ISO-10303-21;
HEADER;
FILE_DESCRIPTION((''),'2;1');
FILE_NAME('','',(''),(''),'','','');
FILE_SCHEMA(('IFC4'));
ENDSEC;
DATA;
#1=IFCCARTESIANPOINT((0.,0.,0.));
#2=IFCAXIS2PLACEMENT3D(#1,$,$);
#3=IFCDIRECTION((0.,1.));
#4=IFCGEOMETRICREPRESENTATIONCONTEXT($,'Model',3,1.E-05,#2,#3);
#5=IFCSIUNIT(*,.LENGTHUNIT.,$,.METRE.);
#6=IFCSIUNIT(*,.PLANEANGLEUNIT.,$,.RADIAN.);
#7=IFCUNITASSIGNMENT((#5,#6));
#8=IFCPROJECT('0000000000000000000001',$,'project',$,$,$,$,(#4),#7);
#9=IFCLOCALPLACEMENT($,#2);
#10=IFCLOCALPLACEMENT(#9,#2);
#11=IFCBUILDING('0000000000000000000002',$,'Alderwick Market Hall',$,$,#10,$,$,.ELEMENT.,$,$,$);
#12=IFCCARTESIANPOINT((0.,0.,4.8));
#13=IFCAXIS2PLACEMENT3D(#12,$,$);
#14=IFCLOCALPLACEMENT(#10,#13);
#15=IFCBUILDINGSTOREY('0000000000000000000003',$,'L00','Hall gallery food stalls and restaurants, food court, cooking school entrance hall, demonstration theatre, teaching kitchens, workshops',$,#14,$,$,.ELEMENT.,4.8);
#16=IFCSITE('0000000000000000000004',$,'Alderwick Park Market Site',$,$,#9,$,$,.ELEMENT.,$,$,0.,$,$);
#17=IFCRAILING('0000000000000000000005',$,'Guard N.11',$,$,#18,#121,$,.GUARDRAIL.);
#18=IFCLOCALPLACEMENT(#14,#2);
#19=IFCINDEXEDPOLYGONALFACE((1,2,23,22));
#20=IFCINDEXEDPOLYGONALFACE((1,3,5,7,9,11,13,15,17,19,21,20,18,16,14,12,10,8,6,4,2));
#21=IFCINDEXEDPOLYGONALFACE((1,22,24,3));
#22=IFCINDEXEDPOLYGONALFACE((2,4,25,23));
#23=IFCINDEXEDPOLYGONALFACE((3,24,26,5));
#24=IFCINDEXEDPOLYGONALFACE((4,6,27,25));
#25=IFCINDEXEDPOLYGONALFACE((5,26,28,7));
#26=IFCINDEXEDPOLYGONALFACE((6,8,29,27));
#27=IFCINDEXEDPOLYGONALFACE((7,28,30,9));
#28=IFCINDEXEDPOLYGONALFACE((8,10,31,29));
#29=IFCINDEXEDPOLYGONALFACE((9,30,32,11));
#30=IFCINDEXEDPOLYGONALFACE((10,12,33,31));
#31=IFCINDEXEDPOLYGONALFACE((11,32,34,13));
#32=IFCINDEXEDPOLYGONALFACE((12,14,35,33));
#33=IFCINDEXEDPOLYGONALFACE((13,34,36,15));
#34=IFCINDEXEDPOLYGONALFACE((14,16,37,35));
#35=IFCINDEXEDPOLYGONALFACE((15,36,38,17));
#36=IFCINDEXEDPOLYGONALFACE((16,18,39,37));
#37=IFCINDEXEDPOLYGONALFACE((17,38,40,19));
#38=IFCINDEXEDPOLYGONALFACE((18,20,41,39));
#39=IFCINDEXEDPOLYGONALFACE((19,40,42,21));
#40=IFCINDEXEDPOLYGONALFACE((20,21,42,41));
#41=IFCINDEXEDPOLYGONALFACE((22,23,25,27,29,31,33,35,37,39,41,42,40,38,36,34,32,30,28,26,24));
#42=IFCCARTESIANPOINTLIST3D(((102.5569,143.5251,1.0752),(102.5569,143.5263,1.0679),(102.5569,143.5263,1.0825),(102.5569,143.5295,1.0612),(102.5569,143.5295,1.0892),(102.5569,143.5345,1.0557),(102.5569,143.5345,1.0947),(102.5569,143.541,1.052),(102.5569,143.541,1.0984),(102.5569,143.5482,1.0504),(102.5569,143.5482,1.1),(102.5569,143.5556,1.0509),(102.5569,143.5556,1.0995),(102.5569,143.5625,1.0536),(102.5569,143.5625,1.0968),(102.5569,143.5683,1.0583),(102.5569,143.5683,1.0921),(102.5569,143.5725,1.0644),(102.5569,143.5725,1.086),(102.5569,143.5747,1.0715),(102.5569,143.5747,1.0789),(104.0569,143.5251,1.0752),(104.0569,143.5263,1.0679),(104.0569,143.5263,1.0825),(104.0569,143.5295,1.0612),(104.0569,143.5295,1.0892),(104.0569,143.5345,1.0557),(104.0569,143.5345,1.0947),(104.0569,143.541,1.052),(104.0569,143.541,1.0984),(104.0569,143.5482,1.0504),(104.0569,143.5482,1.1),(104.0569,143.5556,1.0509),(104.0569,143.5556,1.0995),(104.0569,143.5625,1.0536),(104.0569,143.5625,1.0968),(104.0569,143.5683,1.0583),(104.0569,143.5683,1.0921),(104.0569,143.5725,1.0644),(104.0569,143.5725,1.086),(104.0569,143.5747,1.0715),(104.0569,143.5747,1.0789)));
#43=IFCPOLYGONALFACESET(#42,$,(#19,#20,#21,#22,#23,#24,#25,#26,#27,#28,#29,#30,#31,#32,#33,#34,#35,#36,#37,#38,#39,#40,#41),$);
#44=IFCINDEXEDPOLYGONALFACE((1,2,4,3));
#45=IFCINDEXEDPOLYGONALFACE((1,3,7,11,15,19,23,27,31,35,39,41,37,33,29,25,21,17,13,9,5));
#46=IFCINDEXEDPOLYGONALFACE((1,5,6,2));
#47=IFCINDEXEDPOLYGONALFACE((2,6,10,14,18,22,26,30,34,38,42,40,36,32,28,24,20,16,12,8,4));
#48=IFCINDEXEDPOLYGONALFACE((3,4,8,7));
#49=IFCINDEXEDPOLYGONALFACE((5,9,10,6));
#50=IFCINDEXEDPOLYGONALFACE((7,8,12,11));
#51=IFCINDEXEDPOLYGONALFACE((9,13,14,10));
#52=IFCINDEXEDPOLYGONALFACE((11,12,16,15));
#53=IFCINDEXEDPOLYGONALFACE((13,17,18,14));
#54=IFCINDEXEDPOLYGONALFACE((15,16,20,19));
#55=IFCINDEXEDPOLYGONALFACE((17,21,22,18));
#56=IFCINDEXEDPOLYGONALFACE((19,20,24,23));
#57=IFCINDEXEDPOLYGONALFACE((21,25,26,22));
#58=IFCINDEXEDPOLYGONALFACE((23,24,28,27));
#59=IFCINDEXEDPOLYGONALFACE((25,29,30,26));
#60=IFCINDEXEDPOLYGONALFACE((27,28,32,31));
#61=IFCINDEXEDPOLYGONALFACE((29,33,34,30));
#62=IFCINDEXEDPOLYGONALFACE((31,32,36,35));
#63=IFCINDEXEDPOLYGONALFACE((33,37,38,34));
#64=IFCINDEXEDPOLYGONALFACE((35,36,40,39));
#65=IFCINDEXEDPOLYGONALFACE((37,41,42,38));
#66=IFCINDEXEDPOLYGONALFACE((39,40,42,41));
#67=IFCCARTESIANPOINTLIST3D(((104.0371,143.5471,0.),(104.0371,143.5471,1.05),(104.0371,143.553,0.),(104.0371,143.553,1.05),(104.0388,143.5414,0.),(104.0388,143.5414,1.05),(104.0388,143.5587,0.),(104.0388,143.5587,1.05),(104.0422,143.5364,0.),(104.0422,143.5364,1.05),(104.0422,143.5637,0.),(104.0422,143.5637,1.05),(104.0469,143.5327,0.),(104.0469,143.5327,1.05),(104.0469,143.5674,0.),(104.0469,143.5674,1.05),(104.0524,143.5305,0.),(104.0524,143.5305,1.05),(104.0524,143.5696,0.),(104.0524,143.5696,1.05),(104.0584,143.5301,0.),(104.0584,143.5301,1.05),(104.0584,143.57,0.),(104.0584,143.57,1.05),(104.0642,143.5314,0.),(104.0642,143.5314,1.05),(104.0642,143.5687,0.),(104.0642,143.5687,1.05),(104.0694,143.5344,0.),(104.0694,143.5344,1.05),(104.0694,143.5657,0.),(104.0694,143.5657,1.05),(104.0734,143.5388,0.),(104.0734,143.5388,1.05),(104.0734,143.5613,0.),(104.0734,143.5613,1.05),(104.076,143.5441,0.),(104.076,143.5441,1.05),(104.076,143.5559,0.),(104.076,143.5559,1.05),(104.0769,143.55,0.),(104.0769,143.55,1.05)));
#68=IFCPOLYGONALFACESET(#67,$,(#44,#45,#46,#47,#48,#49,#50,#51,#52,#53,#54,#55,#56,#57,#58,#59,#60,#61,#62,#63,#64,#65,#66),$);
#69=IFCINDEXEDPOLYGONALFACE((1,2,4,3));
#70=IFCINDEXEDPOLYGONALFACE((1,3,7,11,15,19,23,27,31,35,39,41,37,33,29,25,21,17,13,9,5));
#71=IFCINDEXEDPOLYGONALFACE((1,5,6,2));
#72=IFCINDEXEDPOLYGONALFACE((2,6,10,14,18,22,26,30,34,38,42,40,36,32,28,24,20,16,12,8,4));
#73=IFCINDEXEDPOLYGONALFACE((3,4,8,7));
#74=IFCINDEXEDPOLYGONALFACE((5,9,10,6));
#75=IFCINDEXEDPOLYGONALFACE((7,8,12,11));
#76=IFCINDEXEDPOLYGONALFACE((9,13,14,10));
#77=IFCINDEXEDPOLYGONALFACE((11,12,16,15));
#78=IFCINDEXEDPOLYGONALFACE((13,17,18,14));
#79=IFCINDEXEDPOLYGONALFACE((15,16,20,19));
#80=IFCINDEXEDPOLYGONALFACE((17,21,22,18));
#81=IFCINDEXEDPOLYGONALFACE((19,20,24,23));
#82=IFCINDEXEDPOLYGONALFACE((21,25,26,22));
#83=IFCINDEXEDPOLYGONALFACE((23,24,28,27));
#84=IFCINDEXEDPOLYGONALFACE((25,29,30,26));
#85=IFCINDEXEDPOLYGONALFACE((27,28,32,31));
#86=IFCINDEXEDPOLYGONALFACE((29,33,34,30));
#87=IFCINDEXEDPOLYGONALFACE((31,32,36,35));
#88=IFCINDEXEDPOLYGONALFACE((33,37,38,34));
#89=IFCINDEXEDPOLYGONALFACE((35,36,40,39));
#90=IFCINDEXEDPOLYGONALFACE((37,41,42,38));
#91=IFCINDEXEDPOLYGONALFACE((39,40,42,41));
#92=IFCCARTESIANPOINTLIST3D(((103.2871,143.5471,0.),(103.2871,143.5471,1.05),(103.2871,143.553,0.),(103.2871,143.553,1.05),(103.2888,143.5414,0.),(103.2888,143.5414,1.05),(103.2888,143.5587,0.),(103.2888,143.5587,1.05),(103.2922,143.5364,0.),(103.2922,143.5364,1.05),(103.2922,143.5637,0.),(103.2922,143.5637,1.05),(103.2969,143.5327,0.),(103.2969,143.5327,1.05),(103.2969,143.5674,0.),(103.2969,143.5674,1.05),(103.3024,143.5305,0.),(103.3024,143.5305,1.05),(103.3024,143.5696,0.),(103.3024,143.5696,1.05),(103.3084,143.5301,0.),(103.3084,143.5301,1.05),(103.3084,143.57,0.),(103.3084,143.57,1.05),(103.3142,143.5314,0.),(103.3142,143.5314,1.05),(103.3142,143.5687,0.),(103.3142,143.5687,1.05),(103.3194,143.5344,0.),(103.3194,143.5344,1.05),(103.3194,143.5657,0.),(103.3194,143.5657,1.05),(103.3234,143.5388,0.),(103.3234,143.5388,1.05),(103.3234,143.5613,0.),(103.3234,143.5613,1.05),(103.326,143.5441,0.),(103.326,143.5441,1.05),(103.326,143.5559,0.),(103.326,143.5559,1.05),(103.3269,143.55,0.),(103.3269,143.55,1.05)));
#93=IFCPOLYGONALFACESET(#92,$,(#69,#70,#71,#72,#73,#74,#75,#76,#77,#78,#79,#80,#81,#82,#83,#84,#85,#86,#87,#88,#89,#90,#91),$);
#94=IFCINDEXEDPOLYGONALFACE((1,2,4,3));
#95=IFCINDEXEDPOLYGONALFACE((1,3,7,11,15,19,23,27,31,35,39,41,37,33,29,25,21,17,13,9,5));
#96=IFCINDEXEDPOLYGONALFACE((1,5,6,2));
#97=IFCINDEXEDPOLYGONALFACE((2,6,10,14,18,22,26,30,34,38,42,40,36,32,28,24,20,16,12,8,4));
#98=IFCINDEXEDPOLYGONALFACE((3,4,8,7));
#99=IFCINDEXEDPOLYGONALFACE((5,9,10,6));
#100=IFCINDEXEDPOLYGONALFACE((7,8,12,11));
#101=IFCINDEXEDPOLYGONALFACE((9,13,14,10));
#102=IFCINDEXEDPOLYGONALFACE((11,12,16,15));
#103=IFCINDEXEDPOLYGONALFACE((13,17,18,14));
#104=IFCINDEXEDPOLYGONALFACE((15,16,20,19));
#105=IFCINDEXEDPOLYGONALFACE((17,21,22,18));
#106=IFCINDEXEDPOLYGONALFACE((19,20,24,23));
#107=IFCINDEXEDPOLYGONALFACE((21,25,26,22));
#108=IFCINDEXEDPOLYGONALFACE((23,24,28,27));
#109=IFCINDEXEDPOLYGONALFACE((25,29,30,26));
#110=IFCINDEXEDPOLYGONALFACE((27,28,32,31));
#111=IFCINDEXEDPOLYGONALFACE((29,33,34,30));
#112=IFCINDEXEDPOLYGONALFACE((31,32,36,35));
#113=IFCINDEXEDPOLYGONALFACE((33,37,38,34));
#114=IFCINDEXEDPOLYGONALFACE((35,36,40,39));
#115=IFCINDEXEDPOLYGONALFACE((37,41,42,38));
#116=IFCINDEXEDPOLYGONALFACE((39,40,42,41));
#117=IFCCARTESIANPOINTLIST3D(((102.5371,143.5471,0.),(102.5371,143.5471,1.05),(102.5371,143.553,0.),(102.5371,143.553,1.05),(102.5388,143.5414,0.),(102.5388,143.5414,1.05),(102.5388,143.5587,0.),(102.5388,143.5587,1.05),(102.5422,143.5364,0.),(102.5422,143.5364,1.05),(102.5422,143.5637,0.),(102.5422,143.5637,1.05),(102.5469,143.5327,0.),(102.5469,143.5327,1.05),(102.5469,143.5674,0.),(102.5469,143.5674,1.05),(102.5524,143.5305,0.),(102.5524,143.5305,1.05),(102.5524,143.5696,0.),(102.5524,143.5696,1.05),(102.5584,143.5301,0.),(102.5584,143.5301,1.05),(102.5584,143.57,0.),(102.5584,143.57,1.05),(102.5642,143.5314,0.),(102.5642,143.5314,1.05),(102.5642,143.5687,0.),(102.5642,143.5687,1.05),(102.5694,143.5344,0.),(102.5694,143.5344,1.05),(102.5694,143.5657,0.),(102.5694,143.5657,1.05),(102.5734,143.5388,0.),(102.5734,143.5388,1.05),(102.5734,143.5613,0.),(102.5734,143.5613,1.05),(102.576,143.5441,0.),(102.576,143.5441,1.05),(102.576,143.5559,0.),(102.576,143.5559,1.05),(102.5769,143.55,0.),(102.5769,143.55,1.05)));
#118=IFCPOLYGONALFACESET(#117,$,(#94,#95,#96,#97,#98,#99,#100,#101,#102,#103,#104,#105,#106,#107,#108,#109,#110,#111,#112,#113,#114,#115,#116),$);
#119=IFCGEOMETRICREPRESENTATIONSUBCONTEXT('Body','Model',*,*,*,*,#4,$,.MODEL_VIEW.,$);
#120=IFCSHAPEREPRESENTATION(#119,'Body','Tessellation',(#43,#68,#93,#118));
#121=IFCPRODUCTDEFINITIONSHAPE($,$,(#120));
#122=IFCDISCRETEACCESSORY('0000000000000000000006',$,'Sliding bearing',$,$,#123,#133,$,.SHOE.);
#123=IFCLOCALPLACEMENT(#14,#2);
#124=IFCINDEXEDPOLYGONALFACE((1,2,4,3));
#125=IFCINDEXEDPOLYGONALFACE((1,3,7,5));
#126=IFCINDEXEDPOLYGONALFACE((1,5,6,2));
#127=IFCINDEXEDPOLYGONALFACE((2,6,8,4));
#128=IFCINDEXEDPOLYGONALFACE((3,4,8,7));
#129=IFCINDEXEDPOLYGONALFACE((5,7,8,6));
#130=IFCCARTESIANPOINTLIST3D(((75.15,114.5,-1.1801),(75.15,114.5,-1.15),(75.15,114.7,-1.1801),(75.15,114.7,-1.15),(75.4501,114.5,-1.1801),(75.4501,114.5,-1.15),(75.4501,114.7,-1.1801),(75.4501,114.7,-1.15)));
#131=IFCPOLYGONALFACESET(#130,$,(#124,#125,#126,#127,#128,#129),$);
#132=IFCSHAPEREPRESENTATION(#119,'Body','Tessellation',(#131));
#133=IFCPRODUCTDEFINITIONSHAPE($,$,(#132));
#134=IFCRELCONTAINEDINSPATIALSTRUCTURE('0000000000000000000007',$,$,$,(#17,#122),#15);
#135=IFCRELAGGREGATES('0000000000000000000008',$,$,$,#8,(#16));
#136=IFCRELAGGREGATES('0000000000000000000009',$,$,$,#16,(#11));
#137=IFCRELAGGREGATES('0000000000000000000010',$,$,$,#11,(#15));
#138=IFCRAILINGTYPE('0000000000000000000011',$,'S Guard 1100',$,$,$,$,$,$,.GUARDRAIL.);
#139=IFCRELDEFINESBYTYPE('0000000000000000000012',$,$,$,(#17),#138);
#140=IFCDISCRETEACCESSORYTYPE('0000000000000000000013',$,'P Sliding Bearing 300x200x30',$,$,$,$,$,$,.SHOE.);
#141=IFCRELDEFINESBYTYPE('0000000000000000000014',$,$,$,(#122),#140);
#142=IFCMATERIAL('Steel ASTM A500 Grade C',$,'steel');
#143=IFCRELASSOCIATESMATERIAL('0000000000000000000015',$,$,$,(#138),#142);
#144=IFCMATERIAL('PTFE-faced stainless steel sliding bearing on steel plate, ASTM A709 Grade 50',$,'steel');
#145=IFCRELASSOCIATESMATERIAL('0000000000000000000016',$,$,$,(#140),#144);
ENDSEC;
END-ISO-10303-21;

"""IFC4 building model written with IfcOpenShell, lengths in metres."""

from ifc_helpers import new_model, si_unit, direction, frame, origin, origin_2d, place, context, subcontext, project, spatial, rectangle, circle, extrude, material, material_profile, profile_set, type_object, element, save


model = new_model("IFC4")

# Units and contexts
model_context = context("Model", 3, precision=1e-05, world=origin(), true_north=direction((0.0, 1.0)))
body_context = subcontext(model_context, "Body", "Model", "MODEL_VIEW")
ifc_project = project(units=[si_unit("LENGTHUNIT", "METRE"), si_unit("PLANEANGLEUNIT", "RADIAN")], contexts=[model_context])

# Site, building, storey
site_placement = place(None, origin())
site = spatial("IfcSite", under=ifc_project, at=site_placement, Name="Alderwick Park Market Site", CompositionType="ELEMENT", RefElevation=0.0)
building_placement = place(site_placement, origin())
building = spatial("IfcBuilding", under=site, at=building_placement, Name="Alderwick Market Hall", CompositionType="ELEMENT")
storey_placement = place(building_placement, frame((0.0, 0.0, 4.8)))
storey = spatial("IfcBuildingStorey", under=building, at=storey_placement, Name="L00", Description="Hall gallery food stalls and restaurants, food court, cooking school entrance hall, demonstration theatre, teaching kitchens, workshops", CompositionType="ELEMENT", Elevation=4.8)

# Shared definitions
ifc_material_1 = material(Name="Steel ASTM A500 Grade C", Category="steel")

# Railing
railing_type_1 = type_object("IfcRailingType", Name="S Guard 1100", PredefinedType="GUARDRAIL", material=ifc_material_1)
railing_1_placement = place(storey_placement, frame((104.0569, 143.55, 0.0)))
element("IfcRailing", 1, at=railing_1_placement, inside=storey, type_object=railing_type_1, Name="Guard N.11", PredefinedType="GUARDRAIL", context=body_context, shape_type="SweptSolid", body=[
    extrude(circle(Radius=0.0249, at=origin_2d()), frame((0.0, 0.0, 1.0752), z_axis=(-1.0, 0.0, 0.0), x_axis=(0.0, -1.0, 0.0)), (0.0, 0.0, 1.0), 1.5),
    extrude(circle(Radius=0.02, at=origin_2d()), origin(), (0.0, 0.0, 1.0), 1.05),
    extrude(circle(Radius=0.02, at=origin_2d()), frame((-0.75, 0.0, 0.0)), (0.0, 0.0, 1.0), 1.05),
    extrude(circle(Radius=0.02, at=origin_2d()), frame((-1.5, 0.0, 0.0)), (0.0, 0.0, 1.0), 1.05),
])

# Discrete accessory
ifc_material_2 = material(Name="PTFE-faced stainless steel sliding bearing on steel plate, ASTM A709 Grade 50", Category="steel")
ifc_material_profile_1 = material_profile(ifc_material_2, rectangle(XDim=0.3, YDim=0.03, at=origin_2d()), Name="P Sliding Bearing 300x200x30")
ifc_profile_set_1 = profile_set([ifc_material_profile_1], Name="PTFE-faced stainless steel sliding bearing on steel plate, ASTM A709 Grade 50")
discrete_accessory_type = type_object("IfcDiscreteAccessoryType", Name="P Sliding Bearing 300x200x30", PredefinedType="SHOE", material=ifc_profile_set_1)
discrete_accessory_placement = place(storey_placement, frame((75.3, 114.5, -1.165), z_axis=(0.0, 1.0, 0.0), x_axis=(-1.0, 0.0, 0.0)))
element("IfcDiscreteAccessory", 2, at=discrete_accessory_placement, inside=storey, type_object=discrete_accessory_type, Name="Sliding bearing", PredefinedType="SHOE", context=body_context, shape_type="SweptSolid", body=[
    extrude(rectangle(XDim=0.3, YDim=0.03, at=origin_2d()), origin(), (0.0, 0.0, 1.0), 0.2),
])

save(model, "model.ifc")
